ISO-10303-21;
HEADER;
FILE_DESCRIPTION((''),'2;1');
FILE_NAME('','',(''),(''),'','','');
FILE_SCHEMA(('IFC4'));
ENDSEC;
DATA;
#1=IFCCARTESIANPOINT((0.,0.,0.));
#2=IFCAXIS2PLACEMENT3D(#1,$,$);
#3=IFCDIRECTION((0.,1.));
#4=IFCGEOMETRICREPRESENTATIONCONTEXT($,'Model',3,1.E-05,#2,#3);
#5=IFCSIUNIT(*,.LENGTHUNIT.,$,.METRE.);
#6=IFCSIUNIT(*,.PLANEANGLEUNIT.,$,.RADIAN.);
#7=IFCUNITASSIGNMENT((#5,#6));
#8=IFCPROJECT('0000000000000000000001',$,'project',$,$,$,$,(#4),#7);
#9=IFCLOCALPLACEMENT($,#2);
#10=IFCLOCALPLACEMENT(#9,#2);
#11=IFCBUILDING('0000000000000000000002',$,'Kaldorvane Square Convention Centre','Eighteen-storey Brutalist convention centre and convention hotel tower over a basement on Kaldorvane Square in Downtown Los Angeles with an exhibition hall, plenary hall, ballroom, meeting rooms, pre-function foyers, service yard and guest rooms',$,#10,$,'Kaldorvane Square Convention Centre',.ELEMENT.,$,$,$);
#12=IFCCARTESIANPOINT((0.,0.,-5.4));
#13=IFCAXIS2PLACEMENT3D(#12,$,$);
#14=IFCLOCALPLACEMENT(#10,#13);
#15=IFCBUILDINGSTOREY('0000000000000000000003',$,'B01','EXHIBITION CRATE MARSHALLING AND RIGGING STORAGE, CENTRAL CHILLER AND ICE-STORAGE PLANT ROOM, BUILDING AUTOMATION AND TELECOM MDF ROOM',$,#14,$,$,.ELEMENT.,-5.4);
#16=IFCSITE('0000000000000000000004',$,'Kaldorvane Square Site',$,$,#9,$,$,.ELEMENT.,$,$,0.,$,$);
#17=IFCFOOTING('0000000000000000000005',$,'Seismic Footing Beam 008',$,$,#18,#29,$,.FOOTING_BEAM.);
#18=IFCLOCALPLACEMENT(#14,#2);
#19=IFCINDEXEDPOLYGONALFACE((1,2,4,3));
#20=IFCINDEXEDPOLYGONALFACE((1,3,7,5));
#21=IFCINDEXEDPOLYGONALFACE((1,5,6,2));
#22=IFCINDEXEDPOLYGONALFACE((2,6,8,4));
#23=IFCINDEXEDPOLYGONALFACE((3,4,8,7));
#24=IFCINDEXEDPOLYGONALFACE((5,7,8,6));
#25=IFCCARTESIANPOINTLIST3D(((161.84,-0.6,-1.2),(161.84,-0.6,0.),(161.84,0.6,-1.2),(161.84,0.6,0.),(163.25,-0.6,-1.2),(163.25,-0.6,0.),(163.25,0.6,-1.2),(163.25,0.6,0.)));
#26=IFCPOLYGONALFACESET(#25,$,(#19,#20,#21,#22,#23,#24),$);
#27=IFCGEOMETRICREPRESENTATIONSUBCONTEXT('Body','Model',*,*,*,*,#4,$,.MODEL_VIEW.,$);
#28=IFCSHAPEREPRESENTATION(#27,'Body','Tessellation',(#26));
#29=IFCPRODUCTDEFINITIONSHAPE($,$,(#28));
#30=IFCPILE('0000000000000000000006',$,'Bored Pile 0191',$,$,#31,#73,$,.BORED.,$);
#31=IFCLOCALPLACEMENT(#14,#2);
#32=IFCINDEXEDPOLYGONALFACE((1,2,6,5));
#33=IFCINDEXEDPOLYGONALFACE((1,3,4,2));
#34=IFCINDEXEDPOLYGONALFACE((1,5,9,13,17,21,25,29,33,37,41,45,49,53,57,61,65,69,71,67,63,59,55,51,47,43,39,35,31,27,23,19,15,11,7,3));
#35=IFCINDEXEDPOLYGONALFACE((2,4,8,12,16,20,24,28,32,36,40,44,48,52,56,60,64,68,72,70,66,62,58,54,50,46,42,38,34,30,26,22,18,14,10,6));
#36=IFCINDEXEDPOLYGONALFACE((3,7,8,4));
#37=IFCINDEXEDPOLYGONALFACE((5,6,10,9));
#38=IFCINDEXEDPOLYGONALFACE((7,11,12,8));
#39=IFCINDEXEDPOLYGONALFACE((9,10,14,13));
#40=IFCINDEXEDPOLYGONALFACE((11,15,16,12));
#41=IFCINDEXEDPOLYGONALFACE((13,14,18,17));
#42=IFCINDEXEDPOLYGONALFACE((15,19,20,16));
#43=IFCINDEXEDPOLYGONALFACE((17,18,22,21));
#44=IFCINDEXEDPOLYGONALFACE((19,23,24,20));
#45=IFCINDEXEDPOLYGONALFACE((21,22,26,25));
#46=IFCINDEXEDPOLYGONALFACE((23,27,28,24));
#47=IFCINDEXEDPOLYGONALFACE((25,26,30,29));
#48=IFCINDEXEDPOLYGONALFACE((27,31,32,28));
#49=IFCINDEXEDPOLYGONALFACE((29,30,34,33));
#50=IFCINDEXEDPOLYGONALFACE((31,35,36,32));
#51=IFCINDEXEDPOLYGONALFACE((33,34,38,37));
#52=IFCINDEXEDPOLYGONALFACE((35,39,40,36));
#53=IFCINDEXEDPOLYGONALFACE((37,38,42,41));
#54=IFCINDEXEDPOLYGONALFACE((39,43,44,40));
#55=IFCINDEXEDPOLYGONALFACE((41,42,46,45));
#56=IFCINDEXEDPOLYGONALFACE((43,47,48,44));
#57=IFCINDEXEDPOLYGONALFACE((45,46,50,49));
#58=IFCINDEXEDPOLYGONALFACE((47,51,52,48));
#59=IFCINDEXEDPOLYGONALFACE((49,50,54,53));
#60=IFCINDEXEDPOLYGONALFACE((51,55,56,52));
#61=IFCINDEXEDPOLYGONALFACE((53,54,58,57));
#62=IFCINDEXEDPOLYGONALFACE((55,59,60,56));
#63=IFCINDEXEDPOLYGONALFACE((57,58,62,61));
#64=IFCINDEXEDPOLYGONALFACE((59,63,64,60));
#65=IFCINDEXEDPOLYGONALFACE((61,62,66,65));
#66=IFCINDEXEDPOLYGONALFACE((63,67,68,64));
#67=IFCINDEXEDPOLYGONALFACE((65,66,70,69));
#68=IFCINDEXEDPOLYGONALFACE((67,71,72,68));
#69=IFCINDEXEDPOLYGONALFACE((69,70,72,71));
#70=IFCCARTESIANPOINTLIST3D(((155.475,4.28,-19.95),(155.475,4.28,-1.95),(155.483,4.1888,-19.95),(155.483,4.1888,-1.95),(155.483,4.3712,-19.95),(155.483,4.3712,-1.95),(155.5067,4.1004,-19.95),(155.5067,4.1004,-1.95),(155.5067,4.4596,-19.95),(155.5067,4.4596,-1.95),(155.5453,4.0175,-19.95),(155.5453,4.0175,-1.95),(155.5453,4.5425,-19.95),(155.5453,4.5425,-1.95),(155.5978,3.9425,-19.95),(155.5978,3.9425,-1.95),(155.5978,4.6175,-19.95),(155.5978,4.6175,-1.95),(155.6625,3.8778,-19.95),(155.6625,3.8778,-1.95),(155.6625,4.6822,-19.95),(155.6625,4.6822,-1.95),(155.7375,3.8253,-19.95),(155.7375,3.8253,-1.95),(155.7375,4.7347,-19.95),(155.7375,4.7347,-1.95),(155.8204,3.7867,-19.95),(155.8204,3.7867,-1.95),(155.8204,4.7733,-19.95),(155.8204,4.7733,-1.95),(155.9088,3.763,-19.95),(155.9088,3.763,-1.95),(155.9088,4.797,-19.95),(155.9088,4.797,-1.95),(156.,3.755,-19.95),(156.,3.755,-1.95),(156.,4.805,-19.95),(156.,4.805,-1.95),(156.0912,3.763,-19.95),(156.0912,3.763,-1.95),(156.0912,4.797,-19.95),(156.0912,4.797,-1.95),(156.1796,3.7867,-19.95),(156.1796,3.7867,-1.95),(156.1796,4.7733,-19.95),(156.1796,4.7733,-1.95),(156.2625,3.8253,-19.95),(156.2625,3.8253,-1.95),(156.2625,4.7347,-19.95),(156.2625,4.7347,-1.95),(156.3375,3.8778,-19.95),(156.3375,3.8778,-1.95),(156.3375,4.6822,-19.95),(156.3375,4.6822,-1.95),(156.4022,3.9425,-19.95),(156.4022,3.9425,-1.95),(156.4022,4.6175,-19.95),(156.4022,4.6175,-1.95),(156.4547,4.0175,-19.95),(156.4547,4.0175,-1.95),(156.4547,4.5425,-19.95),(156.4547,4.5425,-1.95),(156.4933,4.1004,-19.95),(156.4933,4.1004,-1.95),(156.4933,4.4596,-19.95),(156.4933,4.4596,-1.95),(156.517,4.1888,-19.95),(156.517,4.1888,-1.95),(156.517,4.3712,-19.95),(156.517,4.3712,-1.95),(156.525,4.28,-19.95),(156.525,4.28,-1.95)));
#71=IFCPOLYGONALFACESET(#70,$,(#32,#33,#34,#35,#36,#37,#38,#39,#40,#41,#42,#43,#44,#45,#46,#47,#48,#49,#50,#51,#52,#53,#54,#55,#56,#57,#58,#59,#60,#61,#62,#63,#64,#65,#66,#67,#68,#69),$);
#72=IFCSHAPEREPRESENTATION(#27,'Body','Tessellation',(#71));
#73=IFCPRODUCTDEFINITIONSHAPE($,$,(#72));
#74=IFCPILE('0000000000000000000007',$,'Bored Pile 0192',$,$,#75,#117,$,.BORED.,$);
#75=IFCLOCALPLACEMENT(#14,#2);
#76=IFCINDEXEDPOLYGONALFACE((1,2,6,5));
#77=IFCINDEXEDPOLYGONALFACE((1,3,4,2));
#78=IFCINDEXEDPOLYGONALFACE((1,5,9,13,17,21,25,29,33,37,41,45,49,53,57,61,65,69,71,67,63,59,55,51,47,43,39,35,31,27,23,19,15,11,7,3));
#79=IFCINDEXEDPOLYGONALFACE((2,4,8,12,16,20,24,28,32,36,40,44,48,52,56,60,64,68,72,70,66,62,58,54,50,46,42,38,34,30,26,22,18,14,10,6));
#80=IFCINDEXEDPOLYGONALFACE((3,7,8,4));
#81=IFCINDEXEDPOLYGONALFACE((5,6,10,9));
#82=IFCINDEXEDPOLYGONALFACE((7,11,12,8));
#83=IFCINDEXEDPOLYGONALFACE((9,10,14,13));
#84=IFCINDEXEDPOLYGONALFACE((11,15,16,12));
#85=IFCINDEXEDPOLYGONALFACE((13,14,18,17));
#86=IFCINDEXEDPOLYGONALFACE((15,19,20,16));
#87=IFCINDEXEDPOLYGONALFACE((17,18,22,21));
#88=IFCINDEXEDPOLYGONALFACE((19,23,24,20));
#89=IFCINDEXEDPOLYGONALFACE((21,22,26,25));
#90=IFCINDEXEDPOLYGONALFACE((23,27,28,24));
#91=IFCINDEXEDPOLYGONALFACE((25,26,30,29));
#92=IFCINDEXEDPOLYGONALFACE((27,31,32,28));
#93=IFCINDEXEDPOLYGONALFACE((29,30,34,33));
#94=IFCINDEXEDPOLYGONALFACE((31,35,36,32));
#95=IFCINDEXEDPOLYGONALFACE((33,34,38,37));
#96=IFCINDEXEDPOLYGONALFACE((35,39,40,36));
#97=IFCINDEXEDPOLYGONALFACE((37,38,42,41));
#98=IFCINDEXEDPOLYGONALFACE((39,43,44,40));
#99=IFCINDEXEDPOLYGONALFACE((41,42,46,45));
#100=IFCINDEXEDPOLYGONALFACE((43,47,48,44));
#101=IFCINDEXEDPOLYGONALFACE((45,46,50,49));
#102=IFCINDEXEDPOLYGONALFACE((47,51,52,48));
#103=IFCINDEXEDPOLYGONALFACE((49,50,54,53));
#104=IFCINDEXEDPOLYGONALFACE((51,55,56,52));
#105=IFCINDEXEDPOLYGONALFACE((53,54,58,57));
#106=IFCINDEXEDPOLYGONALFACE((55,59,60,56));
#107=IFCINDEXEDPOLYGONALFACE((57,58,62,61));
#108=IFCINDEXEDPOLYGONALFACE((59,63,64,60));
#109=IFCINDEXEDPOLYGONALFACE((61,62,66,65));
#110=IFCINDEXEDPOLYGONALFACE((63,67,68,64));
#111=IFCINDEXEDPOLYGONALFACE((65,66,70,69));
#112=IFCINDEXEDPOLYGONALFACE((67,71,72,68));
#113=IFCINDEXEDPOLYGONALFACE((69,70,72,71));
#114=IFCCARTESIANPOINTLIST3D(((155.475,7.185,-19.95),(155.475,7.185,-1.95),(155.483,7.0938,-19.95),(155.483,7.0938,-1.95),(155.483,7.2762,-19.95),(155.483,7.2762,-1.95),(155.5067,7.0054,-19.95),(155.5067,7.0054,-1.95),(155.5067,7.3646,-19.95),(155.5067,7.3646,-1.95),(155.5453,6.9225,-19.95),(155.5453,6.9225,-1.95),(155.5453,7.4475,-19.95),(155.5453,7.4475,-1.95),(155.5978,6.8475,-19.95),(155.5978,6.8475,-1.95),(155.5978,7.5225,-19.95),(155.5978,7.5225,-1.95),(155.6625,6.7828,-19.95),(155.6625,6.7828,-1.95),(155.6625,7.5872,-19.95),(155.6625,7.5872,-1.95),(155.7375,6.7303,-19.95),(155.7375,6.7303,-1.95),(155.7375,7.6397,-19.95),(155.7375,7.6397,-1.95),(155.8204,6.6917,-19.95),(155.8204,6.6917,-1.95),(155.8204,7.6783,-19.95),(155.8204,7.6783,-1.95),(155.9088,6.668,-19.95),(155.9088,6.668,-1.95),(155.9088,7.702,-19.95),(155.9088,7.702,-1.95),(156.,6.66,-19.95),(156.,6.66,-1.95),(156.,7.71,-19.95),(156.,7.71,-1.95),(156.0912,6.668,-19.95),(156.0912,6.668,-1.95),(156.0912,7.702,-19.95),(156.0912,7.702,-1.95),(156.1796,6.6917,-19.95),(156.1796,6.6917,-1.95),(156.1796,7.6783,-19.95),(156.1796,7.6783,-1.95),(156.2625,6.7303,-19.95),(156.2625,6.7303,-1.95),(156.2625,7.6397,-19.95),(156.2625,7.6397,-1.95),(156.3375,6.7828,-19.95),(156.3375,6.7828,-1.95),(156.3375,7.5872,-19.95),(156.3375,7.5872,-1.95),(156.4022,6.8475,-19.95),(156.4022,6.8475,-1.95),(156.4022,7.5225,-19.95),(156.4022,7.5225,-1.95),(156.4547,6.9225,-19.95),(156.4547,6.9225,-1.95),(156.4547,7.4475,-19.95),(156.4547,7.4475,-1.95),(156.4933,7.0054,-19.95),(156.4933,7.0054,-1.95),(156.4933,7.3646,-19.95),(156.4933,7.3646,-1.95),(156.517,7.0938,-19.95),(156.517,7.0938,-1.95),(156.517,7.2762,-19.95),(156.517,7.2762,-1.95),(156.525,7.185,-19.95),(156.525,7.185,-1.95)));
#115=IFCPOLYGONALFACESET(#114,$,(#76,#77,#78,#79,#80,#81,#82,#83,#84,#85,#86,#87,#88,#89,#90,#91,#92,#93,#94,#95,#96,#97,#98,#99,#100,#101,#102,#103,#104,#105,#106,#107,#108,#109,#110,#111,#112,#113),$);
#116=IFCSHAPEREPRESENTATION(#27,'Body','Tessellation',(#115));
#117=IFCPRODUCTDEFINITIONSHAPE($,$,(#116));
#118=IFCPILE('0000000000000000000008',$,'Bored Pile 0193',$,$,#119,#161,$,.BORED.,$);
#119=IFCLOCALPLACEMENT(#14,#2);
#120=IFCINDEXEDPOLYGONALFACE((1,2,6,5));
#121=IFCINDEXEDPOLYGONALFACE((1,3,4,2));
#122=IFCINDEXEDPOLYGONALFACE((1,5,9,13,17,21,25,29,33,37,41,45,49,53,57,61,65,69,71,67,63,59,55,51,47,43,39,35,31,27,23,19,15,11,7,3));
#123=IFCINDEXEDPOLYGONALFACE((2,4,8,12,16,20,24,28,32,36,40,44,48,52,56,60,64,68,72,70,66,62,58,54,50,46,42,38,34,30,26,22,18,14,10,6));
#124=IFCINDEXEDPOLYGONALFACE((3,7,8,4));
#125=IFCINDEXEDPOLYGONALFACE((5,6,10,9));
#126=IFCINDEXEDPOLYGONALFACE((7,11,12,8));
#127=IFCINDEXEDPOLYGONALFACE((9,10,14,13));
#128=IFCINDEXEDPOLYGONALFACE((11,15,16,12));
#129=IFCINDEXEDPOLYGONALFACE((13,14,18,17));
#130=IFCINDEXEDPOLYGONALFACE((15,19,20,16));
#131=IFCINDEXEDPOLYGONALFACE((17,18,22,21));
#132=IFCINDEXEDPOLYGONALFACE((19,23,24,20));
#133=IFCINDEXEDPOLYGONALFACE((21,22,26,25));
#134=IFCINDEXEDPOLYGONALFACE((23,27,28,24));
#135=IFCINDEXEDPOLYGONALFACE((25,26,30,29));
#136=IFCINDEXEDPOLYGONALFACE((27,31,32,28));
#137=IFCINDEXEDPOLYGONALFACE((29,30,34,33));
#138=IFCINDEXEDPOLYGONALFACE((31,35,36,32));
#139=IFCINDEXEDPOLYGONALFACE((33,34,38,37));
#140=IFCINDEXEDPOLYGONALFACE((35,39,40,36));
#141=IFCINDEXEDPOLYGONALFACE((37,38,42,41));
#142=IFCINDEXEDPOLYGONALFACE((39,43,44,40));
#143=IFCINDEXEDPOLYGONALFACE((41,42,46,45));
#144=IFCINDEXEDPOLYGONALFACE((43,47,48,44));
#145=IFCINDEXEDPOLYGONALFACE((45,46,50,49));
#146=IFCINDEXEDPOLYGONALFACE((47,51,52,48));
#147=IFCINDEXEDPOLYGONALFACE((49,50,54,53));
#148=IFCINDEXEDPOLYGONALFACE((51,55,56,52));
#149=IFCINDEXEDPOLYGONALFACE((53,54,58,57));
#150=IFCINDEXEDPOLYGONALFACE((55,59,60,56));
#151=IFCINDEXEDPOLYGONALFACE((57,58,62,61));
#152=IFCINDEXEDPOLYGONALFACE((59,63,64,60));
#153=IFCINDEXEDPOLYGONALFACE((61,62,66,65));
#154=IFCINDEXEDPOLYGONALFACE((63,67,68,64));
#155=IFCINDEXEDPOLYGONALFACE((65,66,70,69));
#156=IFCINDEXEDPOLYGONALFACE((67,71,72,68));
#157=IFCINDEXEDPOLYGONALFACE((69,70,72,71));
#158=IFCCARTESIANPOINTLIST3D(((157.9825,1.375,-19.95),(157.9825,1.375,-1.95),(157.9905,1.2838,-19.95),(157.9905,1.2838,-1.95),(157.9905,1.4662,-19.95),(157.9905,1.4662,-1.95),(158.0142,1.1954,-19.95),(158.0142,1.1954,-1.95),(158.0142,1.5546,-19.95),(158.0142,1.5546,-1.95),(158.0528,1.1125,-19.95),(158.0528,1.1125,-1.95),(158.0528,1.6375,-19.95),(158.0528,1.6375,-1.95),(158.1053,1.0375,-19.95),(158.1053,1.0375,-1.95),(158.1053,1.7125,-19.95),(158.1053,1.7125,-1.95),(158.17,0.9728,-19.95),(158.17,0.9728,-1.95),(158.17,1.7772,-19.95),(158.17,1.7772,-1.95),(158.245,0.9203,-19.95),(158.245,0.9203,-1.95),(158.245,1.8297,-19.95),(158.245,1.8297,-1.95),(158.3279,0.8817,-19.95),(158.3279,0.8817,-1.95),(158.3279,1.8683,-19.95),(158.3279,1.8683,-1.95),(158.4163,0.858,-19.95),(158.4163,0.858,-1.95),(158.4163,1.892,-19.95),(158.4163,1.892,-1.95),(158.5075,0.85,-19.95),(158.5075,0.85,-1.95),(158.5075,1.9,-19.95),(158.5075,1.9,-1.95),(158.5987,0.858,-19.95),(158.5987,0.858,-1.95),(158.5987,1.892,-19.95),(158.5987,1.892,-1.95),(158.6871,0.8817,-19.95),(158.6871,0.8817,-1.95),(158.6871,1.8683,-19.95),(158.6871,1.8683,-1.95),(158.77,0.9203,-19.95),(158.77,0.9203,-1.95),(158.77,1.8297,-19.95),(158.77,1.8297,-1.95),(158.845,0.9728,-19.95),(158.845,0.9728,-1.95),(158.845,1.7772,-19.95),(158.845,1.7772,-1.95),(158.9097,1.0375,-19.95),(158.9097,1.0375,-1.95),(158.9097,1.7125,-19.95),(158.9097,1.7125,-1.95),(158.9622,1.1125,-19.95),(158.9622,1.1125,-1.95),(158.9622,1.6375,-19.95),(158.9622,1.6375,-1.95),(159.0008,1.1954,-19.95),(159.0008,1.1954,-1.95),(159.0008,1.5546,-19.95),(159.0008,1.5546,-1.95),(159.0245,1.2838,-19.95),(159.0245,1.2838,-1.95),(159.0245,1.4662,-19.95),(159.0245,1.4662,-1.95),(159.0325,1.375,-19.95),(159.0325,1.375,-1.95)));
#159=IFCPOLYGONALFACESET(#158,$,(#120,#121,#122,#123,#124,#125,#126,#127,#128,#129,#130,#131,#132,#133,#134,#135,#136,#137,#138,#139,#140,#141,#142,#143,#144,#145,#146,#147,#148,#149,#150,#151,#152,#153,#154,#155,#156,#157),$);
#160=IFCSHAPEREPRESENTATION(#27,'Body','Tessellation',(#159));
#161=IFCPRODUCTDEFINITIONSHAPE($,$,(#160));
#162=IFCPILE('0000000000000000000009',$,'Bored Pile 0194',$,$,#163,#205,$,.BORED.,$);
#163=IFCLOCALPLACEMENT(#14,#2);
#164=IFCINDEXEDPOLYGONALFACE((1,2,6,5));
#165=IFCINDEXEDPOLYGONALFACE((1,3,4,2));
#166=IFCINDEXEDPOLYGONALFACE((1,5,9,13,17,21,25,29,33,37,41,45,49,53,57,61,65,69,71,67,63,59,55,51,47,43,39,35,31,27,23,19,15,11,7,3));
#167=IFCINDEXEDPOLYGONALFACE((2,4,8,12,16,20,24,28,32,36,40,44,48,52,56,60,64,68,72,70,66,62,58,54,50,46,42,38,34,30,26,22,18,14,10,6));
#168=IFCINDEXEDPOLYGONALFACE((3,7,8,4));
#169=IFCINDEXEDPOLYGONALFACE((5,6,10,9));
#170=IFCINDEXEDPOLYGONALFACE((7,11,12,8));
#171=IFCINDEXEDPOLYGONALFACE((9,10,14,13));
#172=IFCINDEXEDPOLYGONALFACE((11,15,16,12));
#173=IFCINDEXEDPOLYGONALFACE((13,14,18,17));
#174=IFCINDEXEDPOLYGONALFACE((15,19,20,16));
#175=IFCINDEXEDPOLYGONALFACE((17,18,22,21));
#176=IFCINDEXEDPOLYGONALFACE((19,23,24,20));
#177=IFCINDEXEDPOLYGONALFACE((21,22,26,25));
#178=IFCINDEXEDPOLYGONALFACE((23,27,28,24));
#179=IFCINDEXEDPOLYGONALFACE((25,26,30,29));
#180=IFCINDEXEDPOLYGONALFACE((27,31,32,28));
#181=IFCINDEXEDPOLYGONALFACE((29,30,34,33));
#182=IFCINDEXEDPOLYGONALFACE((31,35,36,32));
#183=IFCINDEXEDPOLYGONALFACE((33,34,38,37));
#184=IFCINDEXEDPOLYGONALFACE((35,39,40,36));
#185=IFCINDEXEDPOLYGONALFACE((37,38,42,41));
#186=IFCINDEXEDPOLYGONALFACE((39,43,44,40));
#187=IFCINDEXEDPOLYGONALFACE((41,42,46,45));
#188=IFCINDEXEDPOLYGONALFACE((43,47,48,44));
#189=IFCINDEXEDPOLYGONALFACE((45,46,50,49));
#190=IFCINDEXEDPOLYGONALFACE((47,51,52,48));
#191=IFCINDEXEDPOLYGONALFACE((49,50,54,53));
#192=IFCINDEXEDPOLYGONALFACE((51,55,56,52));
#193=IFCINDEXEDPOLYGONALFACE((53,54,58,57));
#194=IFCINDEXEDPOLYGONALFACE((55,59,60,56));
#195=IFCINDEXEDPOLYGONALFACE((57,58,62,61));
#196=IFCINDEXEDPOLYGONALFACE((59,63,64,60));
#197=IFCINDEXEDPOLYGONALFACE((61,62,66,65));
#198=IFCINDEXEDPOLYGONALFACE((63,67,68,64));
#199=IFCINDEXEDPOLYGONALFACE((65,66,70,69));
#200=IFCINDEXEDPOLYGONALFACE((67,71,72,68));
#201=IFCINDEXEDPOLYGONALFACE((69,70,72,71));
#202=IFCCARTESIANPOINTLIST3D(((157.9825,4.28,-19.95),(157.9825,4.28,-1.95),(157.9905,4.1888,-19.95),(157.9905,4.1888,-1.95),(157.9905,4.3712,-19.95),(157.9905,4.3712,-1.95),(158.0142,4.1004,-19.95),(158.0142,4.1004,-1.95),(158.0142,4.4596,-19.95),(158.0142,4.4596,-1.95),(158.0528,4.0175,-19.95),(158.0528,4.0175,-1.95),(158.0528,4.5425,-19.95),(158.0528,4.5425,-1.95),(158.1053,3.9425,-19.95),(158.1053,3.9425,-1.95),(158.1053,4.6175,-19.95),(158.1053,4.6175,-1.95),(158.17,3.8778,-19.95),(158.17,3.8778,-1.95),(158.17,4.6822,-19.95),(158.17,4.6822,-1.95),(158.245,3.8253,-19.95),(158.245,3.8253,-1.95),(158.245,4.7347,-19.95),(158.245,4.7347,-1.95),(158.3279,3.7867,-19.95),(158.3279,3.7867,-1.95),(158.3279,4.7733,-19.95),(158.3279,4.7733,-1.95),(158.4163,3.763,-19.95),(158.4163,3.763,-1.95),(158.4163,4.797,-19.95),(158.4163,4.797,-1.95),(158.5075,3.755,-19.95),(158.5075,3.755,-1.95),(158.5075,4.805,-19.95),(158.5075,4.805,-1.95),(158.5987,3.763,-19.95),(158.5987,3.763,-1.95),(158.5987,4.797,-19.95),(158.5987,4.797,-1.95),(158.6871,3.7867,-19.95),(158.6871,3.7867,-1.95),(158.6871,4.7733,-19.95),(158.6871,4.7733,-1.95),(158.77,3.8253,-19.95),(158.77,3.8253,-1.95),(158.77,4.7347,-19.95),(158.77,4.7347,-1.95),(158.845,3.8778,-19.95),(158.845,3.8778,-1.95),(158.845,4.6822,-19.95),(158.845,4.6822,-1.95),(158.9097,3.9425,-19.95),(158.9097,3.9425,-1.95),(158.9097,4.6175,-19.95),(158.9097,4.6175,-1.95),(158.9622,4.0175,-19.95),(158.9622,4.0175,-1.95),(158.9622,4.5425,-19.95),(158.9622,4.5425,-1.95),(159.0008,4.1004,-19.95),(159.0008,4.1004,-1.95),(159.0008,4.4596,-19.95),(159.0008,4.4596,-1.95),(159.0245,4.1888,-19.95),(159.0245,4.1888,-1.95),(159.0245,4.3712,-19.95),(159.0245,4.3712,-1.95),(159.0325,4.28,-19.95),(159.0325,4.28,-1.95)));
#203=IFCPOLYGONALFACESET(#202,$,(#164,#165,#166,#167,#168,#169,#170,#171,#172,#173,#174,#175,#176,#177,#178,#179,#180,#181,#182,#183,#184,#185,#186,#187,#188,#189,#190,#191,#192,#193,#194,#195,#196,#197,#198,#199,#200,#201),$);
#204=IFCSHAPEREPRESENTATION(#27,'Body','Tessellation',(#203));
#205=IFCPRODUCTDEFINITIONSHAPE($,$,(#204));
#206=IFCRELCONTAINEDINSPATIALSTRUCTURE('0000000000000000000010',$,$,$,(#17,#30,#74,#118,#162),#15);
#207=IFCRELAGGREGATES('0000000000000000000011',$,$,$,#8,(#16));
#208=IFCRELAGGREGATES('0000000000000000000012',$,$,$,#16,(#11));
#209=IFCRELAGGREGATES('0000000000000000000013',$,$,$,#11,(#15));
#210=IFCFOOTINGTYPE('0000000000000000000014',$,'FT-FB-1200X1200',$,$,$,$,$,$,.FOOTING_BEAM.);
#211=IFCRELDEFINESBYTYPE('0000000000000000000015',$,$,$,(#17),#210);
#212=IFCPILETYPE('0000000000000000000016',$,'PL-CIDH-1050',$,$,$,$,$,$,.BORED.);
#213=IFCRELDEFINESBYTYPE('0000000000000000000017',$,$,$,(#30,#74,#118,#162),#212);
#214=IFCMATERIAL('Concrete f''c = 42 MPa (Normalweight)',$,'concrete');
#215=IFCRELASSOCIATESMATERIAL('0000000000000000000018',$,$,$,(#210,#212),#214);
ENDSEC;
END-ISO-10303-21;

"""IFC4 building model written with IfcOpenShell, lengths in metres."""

from ifc_helpers import new_model, si_unit, direction, frame, origin, origin_2d, place, context, subcontext, project, spatial, rectangle, circle, extrude, material, material_profile, profile_set, type_object, element, save


model = new_model("IFC4")

# Units and contexts
model_context = context("Model", 3, precision=1e-05, world=origin(), true_north=direction((0.0, 1.0)))
body_context = subcontext(model_context, "Body", "Model", "MODEL_VIEW")
ifc_project = project(units=[si_unit("LENGTHUNIT", "METRE"), si_unit("PLANEANGLEUNIT", "RADIAN")], contexts=[model_context])

# Site, building, storey
site_placement = place(None, origin())
site = spatial("IfcSite", under=ifc_project, at=site_placement, Name="Kaldorvane Square Site", CompositionType="ELEMENT", RefElevation=0.0)
building_placement = place(site_placement, origin())
building = spatial("IfcBuilding", under=site, at=building_placement, Name="Kaldorvane Square Convention Centre", Description="Eighteen-storey Brutalist convention centre and convention hotel tower over a basement on Kaldorvane Square in Downtown Los Angeles with an exhibition hall, plenary hall, ballroom, meeting rooms, pre-function foyers, service yard and guest rooms", LongName="Kaldorvane Square Convention Centre", CompositionType="ELEMENT")
storey_placement = place(building_placement, frame((0.0, 0.0, -5.4)))
storey = spatial("IfcBuildingStorey", under=building, at=storey_placement, Name="B01", Description="EXHIBITION CRATE MARSHALLING AND RIGGING STORAGE, CENTRAL CHILLER AND ICE-STORAGE PLANT ROOM, BUILDING AUTOMATION AND TELECOM MDF ROOM", CompositionType="ELEMENT", Elevation=-5.4)

# Footing
ifc_material_1 = material(Name="Concrete f'c = 42 MPa (Normalweight)", Category="concrete")
footing_type = type_object("IfcFootingType", Name="FT-FB-1200X1200", PredefinedType="FOOTING_BEAM", material=ifc_material_1)
footing_placement = place(storey_placement, frame((162.545, 0.0, -1.2), z_axis=(0.0, 0.0, 1.0), x_axis=(1.0, 0.0, 0.0)))
element("IfcFooting", 1, at=footing_placement, inside=storey, type_object=footing_type, Name="Seismic Footing Beam 008", PredefinedType="FOOTING_BEAM", context=body_context, shape_type="SweptSolid", body=[
    extrude(rectangle(XDim=1.41, YDim=1.2, at=origin_2d()), origin(), (0.0, 0.0, 1.0), 1.2),
])

# Piles
ifc_material_profile_1 = material_profile(ifc_material_1, circle(Radius=0.525, at=origin_2d()), Name="PILE-D1050")
ifc_profile_set_1 = profile_set([ifc_material_profile_1], Name="Concrete f'c = 42 MPa (Normalweight)")
pile_type_1 = type_object("IfcPileType", Name="PL-CIDH-1050", PredefinedType="BORED", material=ifc_profile_set_1)
for number, where, z_axis, x_axis, name in (
    (2, (156.0, 4.28, -1.95), (0.0, 0.0, -1.0), (1.0, 0.0, 0.0), "Bored Pile 0191"),
    (3, (156.0, 7.185, -1.95), (0.0, 0.0, -1.0), (1.0, 0.0, 0.0), "Bored Pile 0192"),
    (4, (158.5075, 1.375, -1.95), (0.0, 0.0, -1.0), (1.0, 0.0, 0.0), "Bored Pile 0193"),
    (5, (158.5075, 4.28, -1.95), (0.0, 0.0, -1.0), (1.0, 0.0, 0.0), "Bored Pile 0194"),
):
    element("IfcPile", number, at=place(storey_placement, frame(where, z_axis=z_axis, x_axis=x_axis)), inside=storey, type_object=pile_type_1, Name=name, PredefinedType="BORED", context=body_context, shape_type="SweptSolid", body=[
        extrude(circle(Radius=0.525, at=origin_2d()), origin(), (0.0, 0.0, 1.0), 18.0),
    ])

save(model, "model.ifc")
